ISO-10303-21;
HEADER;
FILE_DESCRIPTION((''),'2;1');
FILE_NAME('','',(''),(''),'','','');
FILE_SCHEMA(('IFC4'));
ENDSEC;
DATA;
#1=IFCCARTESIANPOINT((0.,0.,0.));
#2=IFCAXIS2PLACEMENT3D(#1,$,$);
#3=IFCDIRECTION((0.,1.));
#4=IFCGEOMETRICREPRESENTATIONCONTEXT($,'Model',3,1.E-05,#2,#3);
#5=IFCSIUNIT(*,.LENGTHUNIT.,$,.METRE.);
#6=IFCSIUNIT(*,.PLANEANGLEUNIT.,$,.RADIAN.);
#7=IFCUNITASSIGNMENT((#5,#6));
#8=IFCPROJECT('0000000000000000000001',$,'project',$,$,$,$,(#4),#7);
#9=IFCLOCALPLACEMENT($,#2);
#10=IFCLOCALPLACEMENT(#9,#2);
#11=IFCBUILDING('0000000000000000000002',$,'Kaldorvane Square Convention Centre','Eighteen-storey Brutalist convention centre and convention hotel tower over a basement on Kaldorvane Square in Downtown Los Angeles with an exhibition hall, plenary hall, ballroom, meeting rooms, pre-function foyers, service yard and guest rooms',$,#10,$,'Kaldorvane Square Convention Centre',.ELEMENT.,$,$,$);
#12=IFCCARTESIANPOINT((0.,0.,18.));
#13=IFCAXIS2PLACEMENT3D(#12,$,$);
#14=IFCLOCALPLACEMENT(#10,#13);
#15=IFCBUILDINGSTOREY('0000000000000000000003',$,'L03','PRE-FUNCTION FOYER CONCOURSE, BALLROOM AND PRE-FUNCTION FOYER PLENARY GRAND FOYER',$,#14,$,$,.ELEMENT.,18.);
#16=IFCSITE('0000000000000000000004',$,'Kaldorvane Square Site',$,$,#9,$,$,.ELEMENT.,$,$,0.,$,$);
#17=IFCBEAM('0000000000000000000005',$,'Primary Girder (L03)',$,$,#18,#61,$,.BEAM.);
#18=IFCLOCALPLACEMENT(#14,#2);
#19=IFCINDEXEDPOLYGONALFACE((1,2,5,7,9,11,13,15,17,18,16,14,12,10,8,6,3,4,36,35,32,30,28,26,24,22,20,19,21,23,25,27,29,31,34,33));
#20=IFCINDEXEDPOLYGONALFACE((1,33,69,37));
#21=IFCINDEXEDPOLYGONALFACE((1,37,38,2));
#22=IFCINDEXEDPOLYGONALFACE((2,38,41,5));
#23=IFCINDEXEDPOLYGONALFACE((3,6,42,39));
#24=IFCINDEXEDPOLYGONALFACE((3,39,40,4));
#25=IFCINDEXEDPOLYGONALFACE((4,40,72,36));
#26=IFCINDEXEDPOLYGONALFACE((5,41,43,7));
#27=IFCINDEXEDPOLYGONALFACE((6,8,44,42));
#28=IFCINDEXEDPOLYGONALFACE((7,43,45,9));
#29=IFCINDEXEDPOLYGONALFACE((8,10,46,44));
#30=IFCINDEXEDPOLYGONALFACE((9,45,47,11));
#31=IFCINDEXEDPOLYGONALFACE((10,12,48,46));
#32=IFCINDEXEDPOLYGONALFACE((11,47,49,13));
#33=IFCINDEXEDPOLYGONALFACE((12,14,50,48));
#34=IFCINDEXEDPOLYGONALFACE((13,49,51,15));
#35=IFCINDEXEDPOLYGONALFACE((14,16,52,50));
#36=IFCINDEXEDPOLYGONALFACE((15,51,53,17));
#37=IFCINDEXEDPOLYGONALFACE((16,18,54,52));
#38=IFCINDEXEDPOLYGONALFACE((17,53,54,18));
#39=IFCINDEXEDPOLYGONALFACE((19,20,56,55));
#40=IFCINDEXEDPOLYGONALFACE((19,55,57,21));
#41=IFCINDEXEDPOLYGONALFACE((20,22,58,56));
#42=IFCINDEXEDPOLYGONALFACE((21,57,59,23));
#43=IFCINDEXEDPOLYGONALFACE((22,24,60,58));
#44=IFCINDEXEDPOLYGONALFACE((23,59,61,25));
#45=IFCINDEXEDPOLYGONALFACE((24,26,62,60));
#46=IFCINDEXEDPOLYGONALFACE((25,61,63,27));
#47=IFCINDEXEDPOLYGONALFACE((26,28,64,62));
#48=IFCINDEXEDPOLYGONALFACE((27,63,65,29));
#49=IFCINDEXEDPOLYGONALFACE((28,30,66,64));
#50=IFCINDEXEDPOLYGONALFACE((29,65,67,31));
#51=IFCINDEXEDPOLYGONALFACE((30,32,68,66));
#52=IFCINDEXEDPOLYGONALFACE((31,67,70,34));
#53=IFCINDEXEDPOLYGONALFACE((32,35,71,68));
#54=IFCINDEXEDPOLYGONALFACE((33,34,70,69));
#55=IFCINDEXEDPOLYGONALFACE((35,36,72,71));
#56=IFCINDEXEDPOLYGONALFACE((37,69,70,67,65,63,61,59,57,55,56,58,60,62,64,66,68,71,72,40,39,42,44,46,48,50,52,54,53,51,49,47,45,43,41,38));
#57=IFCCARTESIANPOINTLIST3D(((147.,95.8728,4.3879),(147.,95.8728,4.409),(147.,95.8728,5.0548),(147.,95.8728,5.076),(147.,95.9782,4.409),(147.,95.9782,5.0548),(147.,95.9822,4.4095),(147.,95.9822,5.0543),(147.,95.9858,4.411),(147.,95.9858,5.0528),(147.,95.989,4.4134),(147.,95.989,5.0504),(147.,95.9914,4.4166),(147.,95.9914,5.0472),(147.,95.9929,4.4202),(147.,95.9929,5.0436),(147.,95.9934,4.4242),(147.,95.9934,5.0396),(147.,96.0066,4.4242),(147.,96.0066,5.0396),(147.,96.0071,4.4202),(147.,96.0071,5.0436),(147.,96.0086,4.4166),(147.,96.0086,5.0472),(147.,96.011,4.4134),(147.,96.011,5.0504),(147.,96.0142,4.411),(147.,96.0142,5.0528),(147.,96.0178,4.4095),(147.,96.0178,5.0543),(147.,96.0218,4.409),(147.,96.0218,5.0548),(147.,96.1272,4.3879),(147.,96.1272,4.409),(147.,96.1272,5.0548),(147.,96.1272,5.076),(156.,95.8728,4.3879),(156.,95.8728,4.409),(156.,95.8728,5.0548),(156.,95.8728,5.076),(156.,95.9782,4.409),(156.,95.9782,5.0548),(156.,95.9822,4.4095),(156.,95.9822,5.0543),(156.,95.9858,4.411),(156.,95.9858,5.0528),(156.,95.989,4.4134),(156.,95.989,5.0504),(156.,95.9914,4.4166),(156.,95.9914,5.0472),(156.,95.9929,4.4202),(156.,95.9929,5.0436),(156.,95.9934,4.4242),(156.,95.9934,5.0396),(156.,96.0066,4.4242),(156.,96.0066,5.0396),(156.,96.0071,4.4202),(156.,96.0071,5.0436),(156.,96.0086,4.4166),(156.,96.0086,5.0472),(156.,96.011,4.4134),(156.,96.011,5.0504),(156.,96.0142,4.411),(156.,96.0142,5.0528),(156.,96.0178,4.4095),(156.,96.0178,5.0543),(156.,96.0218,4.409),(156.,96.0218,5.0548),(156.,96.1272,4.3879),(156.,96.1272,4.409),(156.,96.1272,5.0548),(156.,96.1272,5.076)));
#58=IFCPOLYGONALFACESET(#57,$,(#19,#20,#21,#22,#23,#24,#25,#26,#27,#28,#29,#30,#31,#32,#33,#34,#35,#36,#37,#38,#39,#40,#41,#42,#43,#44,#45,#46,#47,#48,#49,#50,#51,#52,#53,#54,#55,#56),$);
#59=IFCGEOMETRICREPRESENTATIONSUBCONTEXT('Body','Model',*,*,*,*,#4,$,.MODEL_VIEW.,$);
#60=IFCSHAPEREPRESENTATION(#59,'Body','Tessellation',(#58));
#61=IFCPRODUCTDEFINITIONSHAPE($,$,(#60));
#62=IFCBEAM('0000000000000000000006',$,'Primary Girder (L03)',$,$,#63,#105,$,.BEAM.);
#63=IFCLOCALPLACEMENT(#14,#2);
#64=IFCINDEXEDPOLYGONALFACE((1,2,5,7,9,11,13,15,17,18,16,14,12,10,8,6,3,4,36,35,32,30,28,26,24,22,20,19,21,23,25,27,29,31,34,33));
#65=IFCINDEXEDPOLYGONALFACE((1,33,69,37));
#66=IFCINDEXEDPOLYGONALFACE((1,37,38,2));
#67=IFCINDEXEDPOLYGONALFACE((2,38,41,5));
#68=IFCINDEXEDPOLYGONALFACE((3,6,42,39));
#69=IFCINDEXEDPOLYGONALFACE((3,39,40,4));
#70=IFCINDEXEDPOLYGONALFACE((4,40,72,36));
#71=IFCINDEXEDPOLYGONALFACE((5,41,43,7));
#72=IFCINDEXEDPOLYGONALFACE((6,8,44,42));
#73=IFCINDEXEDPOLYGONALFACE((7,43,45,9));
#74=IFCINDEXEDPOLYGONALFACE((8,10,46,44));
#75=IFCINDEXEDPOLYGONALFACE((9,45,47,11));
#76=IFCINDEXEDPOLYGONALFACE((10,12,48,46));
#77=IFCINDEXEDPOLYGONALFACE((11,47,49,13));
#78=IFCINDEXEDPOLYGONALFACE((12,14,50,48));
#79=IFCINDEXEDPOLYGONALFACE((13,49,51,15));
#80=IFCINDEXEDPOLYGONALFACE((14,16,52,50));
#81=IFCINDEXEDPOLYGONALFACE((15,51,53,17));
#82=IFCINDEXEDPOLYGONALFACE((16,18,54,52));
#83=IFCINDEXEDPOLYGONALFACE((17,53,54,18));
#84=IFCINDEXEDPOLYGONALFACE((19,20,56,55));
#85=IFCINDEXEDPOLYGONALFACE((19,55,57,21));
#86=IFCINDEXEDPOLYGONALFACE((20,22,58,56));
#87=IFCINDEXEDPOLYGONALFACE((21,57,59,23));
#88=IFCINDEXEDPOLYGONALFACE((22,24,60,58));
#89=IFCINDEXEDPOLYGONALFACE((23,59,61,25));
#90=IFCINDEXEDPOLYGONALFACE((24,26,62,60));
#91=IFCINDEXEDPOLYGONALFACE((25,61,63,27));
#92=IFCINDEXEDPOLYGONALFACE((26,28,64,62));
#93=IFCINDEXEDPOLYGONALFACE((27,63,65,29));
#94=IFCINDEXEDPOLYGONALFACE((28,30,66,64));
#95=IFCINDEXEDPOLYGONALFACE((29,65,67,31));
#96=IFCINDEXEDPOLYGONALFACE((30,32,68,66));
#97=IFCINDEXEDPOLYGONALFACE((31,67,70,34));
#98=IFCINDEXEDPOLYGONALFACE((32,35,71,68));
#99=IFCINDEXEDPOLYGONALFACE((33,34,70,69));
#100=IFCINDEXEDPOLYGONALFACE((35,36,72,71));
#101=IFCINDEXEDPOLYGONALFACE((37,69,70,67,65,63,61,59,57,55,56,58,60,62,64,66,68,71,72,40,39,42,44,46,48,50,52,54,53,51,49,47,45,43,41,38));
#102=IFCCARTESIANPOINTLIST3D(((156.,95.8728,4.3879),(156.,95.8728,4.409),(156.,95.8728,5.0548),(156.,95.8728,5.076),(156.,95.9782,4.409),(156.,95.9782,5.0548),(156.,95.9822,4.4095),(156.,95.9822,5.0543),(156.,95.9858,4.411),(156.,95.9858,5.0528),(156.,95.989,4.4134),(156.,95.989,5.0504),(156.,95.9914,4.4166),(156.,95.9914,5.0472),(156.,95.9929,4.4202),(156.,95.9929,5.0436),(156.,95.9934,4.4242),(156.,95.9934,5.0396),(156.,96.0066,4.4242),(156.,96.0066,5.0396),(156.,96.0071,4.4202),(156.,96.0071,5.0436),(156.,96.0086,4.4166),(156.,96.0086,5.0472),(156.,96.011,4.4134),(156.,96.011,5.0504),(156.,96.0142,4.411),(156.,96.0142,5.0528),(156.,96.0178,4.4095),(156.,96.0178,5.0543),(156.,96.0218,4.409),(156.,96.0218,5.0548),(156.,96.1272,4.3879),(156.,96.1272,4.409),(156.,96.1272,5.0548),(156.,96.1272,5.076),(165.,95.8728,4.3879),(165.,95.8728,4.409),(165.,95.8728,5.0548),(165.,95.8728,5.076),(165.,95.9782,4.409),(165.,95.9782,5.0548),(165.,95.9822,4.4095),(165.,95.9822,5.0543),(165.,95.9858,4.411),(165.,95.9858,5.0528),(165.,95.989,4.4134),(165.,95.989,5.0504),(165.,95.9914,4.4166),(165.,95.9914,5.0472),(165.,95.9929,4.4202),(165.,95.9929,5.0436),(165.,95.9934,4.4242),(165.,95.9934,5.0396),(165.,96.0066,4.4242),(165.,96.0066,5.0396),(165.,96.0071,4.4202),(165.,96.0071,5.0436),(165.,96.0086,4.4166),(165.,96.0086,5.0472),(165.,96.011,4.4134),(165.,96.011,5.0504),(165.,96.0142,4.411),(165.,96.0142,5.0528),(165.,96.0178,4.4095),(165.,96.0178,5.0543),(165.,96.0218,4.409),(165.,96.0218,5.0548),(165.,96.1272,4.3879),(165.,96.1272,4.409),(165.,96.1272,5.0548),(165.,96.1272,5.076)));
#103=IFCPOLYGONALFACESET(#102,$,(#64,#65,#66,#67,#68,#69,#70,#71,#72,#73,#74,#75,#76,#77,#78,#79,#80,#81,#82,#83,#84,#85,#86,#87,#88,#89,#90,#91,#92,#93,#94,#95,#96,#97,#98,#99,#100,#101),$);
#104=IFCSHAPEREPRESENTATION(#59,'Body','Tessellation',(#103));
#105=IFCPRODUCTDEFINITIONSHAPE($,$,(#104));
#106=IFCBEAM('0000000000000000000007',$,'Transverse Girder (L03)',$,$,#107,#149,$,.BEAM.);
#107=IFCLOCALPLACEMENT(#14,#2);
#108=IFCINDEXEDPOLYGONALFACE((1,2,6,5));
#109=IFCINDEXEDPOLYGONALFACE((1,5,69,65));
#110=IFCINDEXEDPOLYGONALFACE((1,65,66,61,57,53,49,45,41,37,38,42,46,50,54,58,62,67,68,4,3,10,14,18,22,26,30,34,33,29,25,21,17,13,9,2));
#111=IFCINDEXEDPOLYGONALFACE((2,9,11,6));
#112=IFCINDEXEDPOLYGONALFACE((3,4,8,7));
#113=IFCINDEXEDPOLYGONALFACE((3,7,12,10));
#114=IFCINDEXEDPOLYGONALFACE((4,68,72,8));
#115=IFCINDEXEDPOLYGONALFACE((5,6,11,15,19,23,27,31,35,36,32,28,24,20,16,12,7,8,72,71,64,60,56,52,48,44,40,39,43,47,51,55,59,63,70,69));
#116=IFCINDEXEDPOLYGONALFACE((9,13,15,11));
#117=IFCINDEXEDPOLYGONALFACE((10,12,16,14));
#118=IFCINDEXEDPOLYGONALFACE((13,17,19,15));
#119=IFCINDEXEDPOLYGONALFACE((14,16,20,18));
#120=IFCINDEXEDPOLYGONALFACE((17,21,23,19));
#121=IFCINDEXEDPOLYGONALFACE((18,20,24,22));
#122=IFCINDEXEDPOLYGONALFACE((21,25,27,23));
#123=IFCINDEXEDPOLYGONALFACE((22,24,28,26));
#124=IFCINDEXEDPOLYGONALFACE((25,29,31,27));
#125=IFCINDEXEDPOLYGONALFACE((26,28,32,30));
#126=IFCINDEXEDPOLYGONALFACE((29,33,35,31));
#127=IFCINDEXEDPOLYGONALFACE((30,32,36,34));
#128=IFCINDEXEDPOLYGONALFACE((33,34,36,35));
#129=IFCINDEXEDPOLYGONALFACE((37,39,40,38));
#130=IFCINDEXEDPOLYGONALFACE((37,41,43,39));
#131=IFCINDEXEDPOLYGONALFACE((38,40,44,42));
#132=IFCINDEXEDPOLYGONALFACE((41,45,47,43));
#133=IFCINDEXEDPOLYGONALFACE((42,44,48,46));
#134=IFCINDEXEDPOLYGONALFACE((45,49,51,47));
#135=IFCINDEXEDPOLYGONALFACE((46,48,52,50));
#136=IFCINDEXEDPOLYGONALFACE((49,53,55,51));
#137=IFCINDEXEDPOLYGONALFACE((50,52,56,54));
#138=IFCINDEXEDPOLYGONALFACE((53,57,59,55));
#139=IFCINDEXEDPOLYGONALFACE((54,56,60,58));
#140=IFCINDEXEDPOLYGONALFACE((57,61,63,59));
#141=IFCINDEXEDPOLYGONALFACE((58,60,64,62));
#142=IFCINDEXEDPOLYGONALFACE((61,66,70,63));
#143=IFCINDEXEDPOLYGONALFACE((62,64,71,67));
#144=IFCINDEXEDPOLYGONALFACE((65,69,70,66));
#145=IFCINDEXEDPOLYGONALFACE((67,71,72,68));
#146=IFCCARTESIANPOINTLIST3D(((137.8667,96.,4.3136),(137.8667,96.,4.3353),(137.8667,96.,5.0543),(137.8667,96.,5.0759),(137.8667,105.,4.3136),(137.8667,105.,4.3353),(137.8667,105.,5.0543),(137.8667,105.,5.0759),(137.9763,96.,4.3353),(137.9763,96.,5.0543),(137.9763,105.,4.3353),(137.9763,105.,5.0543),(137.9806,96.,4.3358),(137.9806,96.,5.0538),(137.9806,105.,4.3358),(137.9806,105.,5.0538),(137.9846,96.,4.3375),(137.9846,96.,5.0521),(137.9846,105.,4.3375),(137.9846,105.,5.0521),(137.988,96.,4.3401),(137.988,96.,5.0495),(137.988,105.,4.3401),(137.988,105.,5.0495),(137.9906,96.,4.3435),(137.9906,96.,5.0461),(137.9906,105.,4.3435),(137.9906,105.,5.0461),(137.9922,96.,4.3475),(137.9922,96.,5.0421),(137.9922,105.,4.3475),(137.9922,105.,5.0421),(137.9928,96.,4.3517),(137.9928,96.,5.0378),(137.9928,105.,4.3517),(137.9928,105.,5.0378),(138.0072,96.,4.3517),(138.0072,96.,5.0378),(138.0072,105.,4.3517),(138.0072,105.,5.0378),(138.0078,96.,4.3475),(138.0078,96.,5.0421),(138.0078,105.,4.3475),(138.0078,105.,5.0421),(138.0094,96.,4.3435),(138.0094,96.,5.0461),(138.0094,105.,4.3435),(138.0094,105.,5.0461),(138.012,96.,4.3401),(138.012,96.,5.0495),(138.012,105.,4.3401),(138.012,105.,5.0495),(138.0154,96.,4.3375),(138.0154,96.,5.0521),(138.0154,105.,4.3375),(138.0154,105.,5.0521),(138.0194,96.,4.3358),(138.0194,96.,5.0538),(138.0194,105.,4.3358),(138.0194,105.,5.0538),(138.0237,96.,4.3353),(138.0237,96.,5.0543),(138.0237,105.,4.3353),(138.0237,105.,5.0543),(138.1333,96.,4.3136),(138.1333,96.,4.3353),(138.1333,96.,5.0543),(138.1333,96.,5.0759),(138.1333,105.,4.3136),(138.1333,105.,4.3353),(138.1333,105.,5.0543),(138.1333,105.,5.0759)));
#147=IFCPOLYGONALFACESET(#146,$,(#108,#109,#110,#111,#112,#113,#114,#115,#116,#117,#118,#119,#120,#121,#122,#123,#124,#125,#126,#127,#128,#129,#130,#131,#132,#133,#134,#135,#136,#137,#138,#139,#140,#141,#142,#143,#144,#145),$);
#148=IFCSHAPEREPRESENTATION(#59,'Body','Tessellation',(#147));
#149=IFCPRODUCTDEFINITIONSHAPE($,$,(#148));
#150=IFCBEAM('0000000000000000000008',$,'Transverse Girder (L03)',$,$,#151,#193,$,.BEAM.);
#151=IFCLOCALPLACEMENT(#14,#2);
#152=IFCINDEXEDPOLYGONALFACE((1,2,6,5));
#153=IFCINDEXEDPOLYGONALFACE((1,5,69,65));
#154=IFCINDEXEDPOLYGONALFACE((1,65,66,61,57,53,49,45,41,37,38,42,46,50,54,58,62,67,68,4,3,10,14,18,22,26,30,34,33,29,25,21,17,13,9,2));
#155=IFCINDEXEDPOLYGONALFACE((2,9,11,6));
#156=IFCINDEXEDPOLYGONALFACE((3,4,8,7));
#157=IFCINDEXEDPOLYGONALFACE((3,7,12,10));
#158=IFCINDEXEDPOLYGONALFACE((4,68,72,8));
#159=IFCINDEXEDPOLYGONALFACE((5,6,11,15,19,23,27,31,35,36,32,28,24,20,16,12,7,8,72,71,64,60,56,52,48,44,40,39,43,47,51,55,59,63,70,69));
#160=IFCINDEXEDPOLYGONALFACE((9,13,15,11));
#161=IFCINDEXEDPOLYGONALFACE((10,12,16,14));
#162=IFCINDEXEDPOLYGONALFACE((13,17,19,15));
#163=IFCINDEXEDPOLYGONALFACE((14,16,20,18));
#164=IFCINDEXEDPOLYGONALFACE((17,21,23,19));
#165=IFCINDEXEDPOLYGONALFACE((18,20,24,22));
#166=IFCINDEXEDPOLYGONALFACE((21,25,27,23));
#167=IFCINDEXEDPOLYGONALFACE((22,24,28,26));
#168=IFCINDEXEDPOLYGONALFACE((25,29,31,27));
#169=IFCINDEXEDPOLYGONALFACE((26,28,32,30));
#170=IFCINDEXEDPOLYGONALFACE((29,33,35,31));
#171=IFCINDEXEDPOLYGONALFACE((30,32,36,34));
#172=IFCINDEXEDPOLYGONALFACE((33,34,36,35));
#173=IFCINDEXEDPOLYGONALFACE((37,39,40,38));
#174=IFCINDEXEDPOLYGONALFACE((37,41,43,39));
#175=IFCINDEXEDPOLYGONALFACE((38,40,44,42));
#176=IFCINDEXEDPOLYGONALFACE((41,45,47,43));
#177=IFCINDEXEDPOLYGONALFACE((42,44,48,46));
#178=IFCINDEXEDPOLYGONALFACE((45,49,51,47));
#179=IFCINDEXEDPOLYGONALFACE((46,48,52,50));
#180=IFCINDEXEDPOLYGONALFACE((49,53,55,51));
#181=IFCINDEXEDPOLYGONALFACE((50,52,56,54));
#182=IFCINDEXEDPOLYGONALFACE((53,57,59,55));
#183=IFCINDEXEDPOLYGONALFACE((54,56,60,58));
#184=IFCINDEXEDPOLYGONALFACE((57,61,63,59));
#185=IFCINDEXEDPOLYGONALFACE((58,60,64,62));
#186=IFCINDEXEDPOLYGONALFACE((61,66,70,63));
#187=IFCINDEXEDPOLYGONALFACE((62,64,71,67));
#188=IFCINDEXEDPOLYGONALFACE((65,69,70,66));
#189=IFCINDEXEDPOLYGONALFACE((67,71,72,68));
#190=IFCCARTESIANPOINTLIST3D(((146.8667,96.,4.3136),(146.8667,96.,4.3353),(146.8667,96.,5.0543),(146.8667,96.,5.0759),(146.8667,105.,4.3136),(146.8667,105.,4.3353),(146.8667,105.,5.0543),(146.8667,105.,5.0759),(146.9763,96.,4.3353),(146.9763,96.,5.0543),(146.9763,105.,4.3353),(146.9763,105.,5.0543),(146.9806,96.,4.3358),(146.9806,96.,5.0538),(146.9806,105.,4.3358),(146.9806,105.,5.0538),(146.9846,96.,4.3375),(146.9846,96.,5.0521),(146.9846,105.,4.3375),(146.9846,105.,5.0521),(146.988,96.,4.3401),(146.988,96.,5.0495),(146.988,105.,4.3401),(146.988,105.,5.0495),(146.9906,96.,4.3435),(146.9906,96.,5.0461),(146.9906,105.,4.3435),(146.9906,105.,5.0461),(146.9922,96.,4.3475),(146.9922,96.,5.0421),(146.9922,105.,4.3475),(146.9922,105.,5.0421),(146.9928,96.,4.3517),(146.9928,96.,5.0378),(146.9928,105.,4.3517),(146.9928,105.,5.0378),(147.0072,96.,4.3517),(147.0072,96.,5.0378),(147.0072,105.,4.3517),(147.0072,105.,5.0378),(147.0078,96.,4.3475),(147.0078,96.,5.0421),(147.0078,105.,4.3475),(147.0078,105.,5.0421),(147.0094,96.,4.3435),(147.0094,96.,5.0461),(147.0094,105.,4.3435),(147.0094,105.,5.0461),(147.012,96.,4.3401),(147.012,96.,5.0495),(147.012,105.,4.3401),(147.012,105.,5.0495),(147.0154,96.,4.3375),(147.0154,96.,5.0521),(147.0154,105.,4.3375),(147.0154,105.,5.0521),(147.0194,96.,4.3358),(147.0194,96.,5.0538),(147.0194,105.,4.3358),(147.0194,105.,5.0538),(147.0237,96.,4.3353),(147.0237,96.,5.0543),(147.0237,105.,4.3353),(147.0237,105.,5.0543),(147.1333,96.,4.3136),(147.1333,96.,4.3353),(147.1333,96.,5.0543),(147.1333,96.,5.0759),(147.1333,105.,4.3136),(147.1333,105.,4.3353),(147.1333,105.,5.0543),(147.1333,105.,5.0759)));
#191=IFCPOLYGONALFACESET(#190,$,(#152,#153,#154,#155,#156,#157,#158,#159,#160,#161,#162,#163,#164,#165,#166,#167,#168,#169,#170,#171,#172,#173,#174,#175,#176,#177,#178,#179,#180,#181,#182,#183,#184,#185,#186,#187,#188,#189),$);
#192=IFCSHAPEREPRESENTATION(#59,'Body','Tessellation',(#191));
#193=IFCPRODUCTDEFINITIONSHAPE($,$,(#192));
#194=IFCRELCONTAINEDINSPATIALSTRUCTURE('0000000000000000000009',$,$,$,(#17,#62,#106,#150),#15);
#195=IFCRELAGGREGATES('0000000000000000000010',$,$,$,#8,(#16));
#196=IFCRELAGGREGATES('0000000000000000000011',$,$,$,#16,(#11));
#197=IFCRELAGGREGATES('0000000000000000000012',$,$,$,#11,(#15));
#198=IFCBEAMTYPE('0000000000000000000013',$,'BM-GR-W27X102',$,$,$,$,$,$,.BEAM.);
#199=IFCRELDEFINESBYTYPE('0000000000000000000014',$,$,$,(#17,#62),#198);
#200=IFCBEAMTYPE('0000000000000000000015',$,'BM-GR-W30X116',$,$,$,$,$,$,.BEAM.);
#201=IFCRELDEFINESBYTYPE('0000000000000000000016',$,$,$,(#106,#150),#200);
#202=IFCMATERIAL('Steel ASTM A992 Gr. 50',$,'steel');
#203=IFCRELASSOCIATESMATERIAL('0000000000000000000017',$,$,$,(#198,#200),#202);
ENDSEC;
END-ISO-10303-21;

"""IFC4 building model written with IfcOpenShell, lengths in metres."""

from ifc_helpers import new_model, si_unit, direction, frame, origin, origin_2d, place, context, subcontext, project, spatial, i_section, extrude, material, material_profile, profile_set, type_object, element, save


model = new_model("IFC4")

# Units and contexts
model_context = context("Model", 3, precision=1e-05, world=origin(), true_north=direction((0.0, 1.0)))
body_context = subcontext(model_context, "Body", "Model", "MODEL_VIEW")
ifc_project = project(units=[si_unit("LENGTHUNIT", "METRE"), si_unit("PLANEANGLEUNIT", "RADIAN")], contexts=[model_context])

# Site, building, storey
site_placement = place(None, origin())
site = spatial("IfcSite", under=ifc_project, at=site_placement, Name="Kaldorvane Square Site", CompositionType="ELEMENT", RefElevation=0.0)
building_placement = place(site_placement, origin())
building = spatial("IfcBuilding", under=site, at=building_placement, Name="Kaldorvane Square Convention Centre", Description="Eighteen-storey Brutalist convention centre and convention hotel tower over a basement on Kaldorvane Square in Downtown Los Angeles with an exhibition hall, plenary hall, ballroom, meeting rooms, pre-function foyers, service yard and guest rooms", LongName="Kaldorvane Square Convention Centre", CompositionType="ELEMENT")
storey_placement = place(building_placement, frame((0.0, 0.0, 18.0)))
storey = spatial("IfcBuildingStorey", under=building, at=storey_placement, Name="L03", Description="PRE-FUNCTION FOYER CONCOURSE, BALLROOM AND PRE-FUNCTION FOYER PLENARY GRAND FOYER", CompositionType="ELEMENT", Elevation=18.0)

# Shared definitions
ifc_material_1 = material(Name="Steel ASTM A992 Gr. 50", Category="steel")

# Beams
ifc_material_profile_1 = material_profile(ifc_material_1, i_section(OverallWidth=0.2544, OverallDepth=0.6881, WebThickness=0.0131, FlangeThickness=0.0211, FilletRadius=0.0152, at=origin_2d()), Name="W27X102")
ifc_profile_set_1 = profile_set([ifc_material_profile_1], Name="Steel ASTM A992 Gr. 50")
beam_type_1 = type_object("IfcBeamType", Name="BM-GR-W27X102", PredefinedType="BEAM", material=ifc_profile_set_1)
for number, where, z_axis, x_axis, name in (
    (1, (147.0, 96.0, 4.7319), (1.0, 0.0, 0.0), (0.0, 1.0, 0.0), "Primary Girder (L03)"),
    (2, (156.0, 96.0, 4.7319), (1.0, 0.0, 0.0), (0.0, 1.0, 0.0), "Primary Girder (L03)"),
):
    element("IfcBeam", number, at=place(storey_placement, frame(where, z_axis=z_axis, x_axis=x_axis)), inside=storey, type_object=beam_type_1, Name=name, PredefinedType="BEAM", context=body_context, shape_type="SweptSolid", body=[
        extrude(i_section(OverallWidth=0.2544, OverallDepth=0.6881, WebThickness=0.0131, FlangeThickness=0.0211, FilletRadius=0.0152, at=origin_2d()), origin(), (0.0, 0.0, 1.0), 9.0),
    ])
ifc_material_profile_2 = material_profile(ifc_material_1, i_section(OverallWidth=0.2666, OverallDepth=0.7623, WebThickness=0.0144, FlangeThickness=0.0216, FilletRadius=0.0165, at=origin_2d()), Name="W30X116")
ifc_profile_set_2 = profile_set([ifc_material_profile_2], Name="Steel ASTM A992 Gr. 50")
beam_type_2 = type_object("IfcBeamType", Name="BM-GR-W30X116", PredefinedType="BEAM", material=ifc_profile_set_2)
for number, where, z_axis, x_axis, name in (
    (3, (138.0, 96.0, 4.6948), (0.0, 1.0, 0.0), (-1.0, 0.0, 0.0), "Transverse Girder (L03)"),
    (4, (147.0, 96.0, 4.6948), (0.0, 1.0, 0.0), (-1.0, 0.0, 0.0), "Transverse Girder (L03)"),
):
    element("IfcBeam", number, at=place(storey_placement, frame(where, z_axis=z_axis, x_axis=x_axis)), inside=storey, type_object=beam_type_2, Name=name, PredefinedType="BEAM", context=body_context, shape_type="SweptSolid", body=[
        extrude(i_section(OverallWidth=0.2666, OverallDepth=0.7623, WebThickness=0.0144, FlangeThickness=0.0216, FilletRadius=0.0165, at=origin_2d()), origin(), (0.0, 0.0, 1.0), 9.0),
    ])

save(model, "model.ifc")
